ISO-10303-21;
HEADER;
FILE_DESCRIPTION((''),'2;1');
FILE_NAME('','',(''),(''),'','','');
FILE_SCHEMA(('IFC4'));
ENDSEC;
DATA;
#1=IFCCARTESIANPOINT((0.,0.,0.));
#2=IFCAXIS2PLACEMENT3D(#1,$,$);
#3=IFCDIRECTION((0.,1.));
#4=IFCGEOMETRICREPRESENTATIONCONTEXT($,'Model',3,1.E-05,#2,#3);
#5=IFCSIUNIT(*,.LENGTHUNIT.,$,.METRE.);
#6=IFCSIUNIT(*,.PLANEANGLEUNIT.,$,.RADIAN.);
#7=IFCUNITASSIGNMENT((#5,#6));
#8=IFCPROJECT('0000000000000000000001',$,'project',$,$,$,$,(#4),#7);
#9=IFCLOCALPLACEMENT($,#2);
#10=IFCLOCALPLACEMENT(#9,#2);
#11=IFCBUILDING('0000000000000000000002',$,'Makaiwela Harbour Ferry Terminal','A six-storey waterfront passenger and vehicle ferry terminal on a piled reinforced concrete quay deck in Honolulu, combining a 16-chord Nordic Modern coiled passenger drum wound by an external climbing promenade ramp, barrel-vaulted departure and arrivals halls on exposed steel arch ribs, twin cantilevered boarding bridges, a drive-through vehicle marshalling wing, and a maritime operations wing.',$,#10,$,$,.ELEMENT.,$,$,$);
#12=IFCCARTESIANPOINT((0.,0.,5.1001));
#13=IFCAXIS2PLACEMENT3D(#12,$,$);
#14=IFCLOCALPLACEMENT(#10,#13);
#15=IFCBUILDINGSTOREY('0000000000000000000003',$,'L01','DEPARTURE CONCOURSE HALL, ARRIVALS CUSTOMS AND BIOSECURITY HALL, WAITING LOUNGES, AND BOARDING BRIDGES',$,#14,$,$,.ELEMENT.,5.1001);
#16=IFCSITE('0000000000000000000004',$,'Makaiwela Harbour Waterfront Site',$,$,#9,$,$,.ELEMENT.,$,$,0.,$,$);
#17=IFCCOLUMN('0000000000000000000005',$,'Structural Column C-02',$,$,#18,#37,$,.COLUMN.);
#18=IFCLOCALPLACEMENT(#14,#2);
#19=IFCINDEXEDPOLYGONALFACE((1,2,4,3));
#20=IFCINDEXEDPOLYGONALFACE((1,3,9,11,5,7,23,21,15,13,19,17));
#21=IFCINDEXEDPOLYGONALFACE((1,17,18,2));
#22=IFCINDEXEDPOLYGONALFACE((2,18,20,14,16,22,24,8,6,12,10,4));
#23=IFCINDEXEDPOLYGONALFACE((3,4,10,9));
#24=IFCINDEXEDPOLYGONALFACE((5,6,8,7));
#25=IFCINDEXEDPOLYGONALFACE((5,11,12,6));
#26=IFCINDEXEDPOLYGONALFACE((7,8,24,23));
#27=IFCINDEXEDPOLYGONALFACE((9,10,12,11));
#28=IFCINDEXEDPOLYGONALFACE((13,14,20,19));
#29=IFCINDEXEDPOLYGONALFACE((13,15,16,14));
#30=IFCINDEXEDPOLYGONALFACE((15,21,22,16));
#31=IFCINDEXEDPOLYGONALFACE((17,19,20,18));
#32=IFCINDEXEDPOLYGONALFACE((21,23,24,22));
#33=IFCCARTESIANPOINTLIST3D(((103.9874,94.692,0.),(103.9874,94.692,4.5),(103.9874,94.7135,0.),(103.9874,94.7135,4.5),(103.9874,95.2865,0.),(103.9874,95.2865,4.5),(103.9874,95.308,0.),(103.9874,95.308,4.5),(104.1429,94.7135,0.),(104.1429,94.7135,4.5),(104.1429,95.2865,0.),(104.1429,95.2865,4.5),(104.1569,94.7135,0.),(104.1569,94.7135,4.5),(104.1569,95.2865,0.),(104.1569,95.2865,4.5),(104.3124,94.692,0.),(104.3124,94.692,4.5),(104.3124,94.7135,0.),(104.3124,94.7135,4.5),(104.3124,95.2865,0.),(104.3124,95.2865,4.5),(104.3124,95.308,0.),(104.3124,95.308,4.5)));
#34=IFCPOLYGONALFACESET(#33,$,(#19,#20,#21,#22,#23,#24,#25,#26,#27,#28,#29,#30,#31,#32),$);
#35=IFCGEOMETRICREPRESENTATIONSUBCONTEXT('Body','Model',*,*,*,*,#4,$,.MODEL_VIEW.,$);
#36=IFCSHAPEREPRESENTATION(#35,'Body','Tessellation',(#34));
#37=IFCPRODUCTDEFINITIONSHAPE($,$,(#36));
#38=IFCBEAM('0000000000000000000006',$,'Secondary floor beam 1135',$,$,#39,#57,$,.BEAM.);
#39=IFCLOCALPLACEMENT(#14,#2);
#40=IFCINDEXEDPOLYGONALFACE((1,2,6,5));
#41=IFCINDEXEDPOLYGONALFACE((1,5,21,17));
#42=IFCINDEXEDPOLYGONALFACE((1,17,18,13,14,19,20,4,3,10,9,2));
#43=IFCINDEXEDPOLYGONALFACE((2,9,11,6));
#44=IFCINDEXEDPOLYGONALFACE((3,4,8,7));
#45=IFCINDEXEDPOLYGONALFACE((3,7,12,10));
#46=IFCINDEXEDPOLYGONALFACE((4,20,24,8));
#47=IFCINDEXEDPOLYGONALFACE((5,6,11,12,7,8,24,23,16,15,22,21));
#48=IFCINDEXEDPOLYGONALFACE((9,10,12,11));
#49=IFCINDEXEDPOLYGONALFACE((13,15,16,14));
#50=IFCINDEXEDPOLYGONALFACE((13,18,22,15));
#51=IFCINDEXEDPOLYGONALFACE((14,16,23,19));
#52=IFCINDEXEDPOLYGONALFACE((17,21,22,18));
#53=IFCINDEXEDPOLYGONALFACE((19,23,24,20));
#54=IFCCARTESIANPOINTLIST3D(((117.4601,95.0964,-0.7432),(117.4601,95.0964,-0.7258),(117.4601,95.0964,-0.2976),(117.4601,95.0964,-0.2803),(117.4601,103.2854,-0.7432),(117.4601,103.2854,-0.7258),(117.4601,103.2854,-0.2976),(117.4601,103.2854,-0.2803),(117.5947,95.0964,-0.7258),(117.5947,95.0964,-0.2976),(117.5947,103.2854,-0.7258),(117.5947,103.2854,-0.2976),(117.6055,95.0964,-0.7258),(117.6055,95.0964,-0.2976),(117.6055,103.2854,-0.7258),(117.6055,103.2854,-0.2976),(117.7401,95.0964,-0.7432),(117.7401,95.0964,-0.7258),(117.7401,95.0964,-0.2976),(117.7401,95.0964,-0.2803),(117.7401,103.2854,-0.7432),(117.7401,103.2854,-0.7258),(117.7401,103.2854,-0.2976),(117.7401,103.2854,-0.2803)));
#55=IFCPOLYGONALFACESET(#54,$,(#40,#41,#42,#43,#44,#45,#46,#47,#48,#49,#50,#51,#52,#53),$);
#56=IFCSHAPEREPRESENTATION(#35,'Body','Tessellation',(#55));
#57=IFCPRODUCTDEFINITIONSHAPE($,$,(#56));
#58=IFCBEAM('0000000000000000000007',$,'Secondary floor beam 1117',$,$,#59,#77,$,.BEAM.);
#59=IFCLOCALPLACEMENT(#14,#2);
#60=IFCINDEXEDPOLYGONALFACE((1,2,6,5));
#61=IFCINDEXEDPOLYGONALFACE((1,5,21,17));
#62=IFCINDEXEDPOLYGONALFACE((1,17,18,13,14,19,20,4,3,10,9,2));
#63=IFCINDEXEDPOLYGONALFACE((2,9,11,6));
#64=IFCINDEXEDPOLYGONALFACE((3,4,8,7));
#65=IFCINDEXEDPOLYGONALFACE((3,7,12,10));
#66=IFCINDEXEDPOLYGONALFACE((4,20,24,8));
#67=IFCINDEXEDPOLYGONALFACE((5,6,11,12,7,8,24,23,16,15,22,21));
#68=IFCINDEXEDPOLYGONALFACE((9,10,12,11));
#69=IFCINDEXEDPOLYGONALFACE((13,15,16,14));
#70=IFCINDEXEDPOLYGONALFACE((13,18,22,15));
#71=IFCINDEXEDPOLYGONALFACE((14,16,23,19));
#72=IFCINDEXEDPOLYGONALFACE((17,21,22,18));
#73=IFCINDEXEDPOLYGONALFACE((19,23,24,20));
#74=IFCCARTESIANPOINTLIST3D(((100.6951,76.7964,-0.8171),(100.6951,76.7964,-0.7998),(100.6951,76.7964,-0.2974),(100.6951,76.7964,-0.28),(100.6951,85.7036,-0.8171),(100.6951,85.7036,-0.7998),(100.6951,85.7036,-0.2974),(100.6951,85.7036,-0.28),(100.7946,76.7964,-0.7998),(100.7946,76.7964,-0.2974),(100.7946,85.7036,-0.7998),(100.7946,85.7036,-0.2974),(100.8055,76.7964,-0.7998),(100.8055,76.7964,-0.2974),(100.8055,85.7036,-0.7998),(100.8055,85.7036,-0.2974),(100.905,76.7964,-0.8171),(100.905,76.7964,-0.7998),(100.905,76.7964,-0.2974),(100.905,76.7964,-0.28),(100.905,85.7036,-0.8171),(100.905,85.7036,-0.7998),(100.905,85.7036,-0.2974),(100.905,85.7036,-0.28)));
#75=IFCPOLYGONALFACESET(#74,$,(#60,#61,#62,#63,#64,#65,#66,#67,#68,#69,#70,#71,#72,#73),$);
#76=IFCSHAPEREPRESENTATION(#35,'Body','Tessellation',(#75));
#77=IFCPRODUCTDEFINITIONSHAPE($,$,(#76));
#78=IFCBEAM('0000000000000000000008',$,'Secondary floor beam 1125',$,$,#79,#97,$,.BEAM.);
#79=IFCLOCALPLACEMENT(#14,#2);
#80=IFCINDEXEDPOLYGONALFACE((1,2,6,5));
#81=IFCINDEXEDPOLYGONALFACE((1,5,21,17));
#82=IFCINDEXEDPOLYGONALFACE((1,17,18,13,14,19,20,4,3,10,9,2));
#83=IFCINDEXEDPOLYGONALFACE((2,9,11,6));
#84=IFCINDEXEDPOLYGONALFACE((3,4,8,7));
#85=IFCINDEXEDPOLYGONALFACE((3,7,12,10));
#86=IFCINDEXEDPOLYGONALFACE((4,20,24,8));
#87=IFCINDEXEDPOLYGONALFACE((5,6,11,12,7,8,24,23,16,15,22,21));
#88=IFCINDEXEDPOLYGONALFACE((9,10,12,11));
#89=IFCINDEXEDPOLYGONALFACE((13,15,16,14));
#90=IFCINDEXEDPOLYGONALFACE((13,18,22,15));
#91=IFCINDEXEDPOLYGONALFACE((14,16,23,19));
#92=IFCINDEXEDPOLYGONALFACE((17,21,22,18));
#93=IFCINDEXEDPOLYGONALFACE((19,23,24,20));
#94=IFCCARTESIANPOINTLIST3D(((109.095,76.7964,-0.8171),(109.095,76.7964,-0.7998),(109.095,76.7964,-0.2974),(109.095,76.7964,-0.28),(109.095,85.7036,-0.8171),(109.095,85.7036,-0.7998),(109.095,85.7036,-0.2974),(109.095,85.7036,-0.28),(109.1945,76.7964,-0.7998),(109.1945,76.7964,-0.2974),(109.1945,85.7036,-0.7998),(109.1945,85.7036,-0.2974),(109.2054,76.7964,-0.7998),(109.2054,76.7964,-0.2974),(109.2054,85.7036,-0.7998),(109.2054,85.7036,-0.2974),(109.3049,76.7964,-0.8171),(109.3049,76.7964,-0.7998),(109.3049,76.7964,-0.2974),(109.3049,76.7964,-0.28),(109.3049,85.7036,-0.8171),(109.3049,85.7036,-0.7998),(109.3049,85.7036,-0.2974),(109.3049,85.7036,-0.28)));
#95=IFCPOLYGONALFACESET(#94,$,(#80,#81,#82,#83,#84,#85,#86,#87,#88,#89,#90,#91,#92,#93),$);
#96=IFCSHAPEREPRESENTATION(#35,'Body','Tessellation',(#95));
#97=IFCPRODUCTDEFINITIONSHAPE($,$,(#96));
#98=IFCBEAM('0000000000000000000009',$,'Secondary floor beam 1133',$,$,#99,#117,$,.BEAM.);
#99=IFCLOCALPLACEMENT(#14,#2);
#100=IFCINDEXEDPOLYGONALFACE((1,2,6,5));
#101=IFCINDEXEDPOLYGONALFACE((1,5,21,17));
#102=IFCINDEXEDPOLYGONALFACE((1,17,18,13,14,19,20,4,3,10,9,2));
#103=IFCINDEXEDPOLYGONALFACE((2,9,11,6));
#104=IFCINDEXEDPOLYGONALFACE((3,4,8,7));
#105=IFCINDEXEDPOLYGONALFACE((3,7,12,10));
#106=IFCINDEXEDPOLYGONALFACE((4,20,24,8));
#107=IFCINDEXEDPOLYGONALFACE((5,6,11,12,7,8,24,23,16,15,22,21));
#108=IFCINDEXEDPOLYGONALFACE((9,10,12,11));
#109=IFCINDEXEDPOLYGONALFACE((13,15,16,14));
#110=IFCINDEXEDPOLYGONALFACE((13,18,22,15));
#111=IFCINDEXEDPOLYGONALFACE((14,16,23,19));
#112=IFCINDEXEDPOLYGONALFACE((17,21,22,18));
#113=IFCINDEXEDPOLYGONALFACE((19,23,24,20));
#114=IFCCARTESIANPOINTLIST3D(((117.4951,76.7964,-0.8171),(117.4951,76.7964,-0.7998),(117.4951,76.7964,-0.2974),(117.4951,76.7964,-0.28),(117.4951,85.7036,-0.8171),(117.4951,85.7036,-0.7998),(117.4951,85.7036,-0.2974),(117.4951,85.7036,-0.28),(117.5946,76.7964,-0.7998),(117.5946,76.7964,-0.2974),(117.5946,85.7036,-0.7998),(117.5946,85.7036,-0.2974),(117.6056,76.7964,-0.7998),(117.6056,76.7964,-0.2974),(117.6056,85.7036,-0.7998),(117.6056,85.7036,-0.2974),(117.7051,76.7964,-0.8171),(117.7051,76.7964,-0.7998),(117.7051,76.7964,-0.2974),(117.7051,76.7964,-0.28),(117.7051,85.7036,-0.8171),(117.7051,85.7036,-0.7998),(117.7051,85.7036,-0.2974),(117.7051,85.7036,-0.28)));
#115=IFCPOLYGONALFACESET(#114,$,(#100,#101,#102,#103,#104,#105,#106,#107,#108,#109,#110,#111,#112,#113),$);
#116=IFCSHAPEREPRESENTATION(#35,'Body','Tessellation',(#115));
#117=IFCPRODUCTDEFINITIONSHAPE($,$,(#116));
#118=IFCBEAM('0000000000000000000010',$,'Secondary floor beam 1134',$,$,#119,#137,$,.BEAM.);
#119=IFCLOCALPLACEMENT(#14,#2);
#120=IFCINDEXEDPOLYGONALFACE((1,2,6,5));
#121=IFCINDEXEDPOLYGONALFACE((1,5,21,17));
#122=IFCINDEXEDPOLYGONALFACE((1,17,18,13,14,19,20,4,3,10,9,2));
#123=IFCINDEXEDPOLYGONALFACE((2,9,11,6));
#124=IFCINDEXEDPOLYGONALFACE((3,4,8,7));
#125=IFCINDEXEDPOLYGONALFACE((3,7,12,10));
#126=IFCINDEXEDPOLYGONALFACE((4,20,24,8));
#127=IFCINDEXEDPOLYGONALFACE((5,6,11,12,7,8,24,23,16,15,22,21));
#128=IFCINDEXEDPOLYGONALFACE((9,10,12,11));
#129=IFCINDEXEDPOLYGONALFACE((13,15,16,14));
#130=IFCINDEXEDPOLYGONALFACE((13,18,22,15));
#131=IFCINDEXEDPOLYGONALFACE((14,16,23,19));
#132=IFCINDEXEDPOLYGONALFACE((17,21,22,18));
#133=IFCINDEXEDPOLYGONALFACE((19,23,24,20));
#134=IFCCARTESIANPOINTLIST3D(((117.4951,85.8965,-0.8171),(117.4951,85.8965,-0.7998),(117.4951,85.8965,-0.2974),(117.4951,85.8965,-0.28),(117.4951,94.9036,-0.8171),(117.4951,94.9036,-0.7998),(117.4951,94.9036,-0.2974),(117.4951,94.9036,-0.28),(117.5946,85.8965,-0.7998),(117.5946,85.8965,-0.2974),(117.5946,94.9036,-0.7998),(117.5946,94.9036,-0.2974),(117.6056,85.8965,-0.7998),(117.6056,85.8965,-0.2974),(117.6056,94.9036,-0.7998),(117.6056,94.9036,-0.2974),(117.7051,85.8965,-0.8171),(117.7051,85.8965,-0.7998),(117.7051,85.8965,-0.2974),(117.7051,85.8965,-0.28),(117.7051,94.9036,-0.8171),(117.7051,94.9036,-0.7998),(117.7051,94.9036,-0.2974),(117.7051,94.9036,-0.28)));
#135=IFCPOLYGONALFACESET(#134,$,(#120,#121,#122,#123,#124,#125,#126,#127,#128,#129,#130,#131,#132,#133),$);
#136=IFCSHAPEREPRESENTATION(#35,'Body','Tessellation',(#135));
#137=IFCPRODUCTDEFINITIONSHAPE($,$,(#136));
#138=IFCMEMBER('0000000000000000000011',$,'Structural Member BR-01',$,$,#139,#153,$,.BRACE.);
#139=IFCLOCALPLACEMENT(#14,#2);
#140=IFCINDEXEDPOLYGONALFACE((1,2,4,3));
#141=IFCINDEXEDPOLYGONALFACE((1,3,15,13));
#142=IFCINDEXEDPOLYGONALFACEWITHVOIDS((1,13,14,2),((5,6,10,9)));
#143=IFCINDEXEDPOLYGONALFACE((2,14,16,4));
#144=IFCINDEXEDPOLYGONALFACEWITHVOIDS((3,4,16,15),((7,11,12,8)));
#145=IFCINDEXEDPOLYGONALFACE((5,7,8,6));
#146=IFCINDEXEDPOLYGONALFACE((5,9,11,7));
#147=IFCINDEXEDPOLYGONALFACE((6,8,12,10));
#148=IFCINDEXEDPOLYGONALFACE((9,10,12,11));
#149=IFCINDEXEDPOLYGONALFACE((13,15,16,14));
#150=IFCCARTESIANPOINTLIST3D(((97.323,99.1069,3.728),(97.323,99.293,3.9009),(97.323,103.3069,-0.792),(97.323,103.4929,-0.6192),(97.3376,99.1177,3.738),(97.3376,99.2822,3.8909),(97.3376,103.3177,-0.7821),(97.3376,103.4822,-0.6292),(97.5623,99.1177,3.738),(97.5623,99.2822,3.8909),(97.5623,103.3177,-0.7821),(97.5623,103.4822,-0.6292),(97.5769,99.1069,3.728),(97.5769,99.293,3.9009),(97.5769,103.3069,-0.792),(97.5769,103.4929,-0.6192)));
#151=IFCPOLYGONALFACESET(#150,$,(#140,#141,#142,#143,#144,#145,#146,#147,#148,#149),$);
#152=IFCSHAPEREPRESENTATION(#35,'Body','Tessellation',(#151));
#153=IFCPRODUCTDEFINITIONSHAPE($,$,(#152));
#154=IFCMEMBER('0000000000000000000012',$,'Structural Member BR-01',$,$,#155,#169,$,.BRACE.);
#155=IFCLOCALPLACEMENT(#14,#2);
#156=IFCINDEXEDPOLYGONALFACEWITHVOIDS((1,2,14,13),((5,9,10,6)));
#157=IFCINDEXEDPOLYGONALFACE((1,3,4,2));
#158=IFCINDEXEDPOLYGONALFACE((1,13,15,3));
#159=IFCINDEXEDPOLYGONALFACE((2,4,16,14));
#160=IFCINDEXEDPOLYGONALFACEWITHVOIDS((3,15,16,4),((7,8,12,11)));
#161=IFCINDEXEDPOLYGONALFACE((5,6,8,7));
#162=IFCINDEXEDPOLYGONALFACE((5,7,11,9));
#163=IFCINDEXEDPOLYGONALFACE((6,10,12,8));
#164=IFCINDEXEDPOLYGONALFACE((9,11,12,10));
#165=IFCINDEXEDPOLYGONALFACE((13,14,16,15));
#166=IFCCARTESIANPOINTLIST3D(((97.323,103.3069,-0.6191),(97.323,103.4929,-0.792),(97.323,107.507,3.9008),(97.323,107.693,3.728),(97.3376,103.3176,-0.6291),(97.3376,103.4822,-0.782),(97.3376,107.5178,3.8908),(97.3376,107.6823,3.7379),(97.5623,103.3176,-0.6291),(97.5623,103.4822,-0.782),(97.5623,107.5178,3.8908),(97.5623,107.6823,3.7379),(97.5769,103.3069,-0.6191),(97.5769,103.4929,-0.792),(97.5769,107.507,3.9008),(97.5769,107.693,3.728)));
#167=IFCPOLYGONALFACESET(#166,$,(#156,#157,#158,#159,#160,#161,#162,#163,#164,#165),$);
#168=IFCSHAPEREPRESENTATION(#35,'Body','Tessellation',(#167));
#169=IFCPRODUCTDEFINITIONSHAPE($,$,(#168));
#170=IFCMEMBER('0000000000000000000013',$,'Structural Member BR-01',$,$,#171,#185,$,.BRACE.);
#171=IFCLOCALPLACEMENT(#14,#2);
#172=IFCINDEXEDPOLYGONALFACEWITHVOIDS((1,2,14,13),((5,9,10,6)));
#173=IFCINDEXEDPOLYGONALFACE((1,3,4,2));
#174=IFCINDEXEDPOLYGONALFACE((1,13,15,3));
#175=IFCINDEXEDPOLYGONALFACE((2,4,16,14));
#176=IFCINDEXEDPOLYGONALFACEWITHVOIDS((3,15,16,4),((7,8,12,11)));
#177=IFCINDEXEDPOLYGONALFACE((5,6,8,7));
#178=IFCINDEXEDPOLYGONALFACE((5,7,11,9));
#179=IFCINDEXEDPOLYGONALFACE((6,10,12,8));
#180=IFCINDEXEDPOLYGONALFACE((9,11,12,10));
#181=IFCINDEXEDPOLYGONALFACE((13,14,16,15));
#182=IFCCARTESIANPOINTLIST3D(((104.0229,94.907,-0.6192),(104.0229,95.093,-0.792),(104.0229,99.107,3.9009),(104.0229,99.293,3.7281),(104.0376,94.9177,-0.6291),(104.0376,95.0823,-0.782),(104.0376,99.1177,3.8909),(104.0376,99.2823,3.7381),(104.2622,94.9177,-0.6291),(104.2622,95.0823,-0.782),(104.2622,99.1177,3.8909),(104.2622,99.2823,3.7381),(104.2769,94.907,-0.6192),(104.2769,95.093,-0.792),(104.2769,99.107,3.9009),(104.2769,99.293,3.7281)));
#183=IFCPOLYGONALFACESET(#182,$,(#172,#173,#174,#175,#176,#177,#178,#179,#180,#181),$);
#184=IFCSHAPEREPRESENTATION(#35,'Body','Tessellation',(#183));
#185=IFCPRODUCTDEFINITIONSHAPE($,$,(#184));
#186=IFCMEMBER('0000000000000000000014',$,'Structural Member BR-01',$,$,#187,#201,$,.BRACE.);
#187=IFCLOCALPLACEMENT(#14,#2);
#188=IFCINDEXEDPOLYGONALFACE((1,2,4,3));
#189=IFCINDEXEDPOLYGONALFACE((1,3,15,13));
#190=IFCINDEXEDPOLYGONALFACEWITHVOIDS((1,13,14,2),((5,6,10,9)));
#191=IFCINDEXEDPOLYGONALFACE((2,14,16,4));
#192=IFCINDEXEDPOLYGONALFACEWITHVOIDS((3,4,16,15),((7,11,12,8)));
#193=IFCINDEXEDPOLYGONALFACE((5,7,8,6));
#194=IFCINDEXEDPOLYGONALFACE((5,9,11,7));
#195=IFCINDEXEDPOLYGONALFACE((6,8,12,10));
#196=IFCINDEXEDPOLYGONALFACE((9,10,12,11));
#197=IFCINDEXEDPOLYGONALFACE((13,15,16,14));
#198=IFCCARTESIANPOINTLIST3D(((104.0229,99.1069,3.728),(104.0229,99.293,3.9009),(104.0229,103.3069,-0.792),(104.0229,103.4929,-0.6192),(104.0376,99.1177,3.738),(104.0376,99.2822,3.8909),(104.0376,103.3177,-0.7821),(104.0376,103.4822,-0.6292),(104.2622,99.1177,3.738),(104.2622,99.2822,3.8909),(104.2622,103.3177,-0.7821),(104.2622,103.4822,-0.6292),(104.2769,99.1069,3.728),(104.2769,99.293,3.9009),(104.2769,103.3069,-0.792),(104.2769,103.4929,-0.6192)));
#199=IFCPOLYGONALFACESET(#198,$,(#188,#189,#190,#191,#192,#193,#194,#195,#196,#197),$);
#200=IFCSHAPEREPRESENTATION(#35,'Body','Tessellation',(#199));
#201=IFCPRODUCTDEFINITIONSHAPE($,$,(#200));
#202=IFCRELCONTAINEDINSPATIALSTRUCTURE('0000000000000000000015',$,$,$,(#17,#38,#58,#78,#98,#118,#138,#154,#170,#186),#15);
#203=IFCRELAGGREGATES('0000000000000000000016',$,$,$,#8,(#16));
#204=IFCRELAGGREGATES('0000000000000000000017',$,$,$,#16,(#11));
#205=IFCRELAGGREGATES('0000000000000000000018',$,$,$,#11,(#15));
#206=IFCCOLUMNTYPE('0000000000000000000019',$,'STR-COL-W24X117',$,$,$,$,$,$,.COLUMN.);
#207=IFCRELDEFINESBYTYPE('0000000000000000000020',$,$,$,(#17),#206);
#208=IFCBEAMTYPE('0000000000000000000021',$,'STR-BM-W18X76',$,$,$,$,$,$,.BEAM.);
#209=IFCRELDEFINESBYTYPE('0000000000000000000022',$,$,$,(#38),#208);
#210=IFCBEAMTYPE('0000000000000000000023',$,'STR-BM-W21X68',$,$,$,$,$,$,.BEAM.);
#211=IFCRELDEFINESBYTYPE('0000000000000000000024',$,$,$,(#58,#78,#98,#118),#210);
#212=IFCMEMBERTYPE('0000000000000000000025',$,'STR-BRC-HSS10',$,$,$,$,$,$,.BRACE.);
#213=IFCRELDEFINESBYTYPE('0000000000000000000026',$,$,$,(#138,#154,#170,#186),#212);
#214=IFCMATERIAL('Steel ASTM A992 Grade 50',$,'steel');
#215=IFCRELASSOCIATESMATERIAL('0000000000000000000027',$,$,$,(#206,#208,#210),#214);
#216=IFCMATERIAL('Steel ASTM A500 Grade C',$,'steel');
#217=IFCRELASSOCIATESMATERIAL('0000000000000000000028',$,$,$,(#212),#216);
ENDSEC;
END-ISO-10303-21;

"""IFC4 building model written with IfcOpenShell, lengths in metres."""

from ifc_helpers import new_model, si_unit, direction, frame, origin, origin_2d, place, context, subcontext, project, spatial, hollow_rectangle, i_section, extrude, material, material_profile, profile_set, type_object, element, save


model = new_model("IFC4")

# Units and contexts
model_context = context("Model", 3, precision=1e-05, world=origin(), true_north=direction((0.0, 1.0)))
body_context = subcontext(model_context, "Body", "Model", "MODEL_VIEW")
ifc_project = project(units=[si_unit("LENGTHUNIT", "METRE"), si_unit("PLANEANGLEUNIT", "RADIAN")], contexts=[model_context])

# Site, building, storey
site_placement = place(None, origin())
site = spatial("IfcSite", under=ifc_project, at=site_placement, Name="Makaiwela Harbour Waterfront Site", CompositionType="ELEMENT", RefElevation=0.0)
building_placement = place(site_placement, origin())
building = spatial("IfcBuilding", under=site, at=building_placement, Name="Makaiwela Harbour Ferry Terminal", Description="A six-storey waterfront passenger and vehicle ferry terminal on a piled reinforced concrete quay deck in Honolulu, combining a 16-chord Nordic Modern coiled passenger drum wound by an external climbing promenade ramp, barrel-vaulted departure and arrivals halls on exposed steel arch ribs, twin cantilevered boarding bridges, a drive-through vehicle marshalling wing, and a maritime operations wing.", CompositionType="ELEMENT")
storey_placement = place(building_placement, frame((0.0, 0.0, 5.1001)))
storey = spatial("IfcBuildingStorey", under=building, at=storey_placement, Name="L01", Description="DEPARTURE CONCOURSE HALL, ARRIVALS CUSTOMS AND BIOSECURITY HALL, WAITING LOUNGES, AND BOARDING BRIDGES", CompositionType="ELEMENT", Elevation=5.1001)

# Column
ifc_material_1 = material(Name="Steel ASTM A992 Grade 50", Category="steel")
ifc_material_profile_1 = material_profile(ifc_material_1, i_section(OverallWidth=0.325, OverallDepth=0.616, WebThickness=0.0139, FlangeThickness=0.0215, at=origin_2d()), Name="W24X117")
ifc_profile_set_1 = profile_set([ifc_material_profile_1], Name="Steel ASTM A992 Grade 50")
column_type = type_object("IfcColumnType", Name="STR-COL-W24X117", PredefinedType="COLUMN", material=ifc_profile_set_1)
column_placement = place(storey_placement, frame((104.1499, 95.0, 0.0), z_axis=(0.0, 0.0, 1.0), x_axis=(1.0, 0.0, 0.0)))
element("IfcColumn", 1, at=column_placement, inside=storey, type_object=column_type, Name="Structural Column C-02", PredefinedType="COLUMN", context=body_context, shape_type="SweptSolid", body=[
    extrude(i_section(OverallWidth=0.325, OverallDepth=0.616, WebThickness=0.0139, FlangeThickness=0.0215, at=origin_2d()), origin(), (0.0, 0.0, 1.0), 4.5),
])

# Beams
ifc_material_profile_2 = material_profile(ifc_material_1, i_section(OverallWidth=0.28, OverallDepth=0.4629, WebThickness=0.0107, FlangeThickness=0.0173, at=origin_2d()), Name="W18X76")
ifc_profile_set_2 = profile_set([ifc_material_profile_2], Name="Steel ASTM A992 Grade 50")
beam_type_1 = type_object("IfcBeamType", Name="STR-BM-W18X76", PredefinedType="BEAM", material=ifc_profile_set_2)
beam_1_placement = place(storey_placement, frame((117.6001, 95.0964, -0.5117), z_axis=(0.0, 1.0, 0.0), x_axis=(-1.0, 0.0, 0.0)))
element("IfcBeam", 2, at=beam_1_placement, inside=storey, type_object=beam_type_1, Name="Secondary floor beam 1135", PredefinedType="BEAM", context=body_context, shape_type="SweptSolid", body=[
    extrude(i_section(OverallWidth=0.28, OverallDepth=0.4629, WebThickness=0.0107, FlangeThickness=0.0173, at=origin_2d()), origin(), (0.0, 0.0, 1.0), 8.189),
])
ifc_material_profile_3 = material_profile(ifc_material_1, i_section(OverallWidth=0.21, OverallDepth=0.5371, WebThickness=0.011, FlangeThickness=0.0173, at=origin_2d()), Name="W21X68")
ifc_profile_set_3 = profile_set([ifc_material_profile_3], Name="Steel ASTM A992 Grade 50")
beam_type_2 = type_object("IfcBeamType", Name="STR-BM-W21X68", PredefinedType="BEAM", material=ifc_profile_set_3)
for number, where, z_axis, x_axis, name in (
    (3, (100.8, 76.7964, -0.5486), (0.0, 1.0, 0.0), (-1.0, 0.0, 0.0), "Secondary floor beam 1117"),
    (4, (109.2, 76.7964, -0.5486), (0.0, 1.0, 0.0), (-1.0, 0.0, 0.0), "Secondary floor beam 1125"),
    (5, (117.6001, 76.7964, -0.5486), (0.0, 1.0, 0.0), (-1.0, 0.0, 0.0), "Secondary floor beam 1133"),
):
    element("IfcBeam", number, at=place(storey_placement, frame(where, z_axis=z_axis, x_axis=x_axis)), inside=storey, type_object=beam_type_2, Name=name, PredefinedType="BEAM", context=body_context, shape_type="SweptSolid", body=[
        extrude(i_section(OverallWidth=0.21, OverallDepth=0.5371, WebThickness=0.011, FlangeThickness=0.0173, at=origin_2d()), origin(), (0.0, 0.0, 1.0), 8.9072),
    ])
beam_2_placement = place(storey_placement, frame((117.6001, 85.8965, -0.5486), z_axis=(0.0, 1.0, 0.0), x_axis=(-1.0, 0.0, 0.0)))
element("IfcBeam", 6, at=beam_2_placement, inside=storey, type_object=beam_type_2, Name="Secondary floor beam 1134", PredefinedType="BEAM", context=body_context, shape_type="SweptSolid", body=[
    extrude(i_section(OverallWidth=0.21, OverallDepth=0.5371, WebThickness=0.011, FlangeThickness=0.0173, at=origin_2d()), origin(), (0.0, 0.0, 1.0), 9.0071),
])

# Members
ifc_material_2 = material(Name="Steel ASTM A500 Grade C", Category="steel")
ifc_material_profile_4 = material_profile(ifc_material_2, hollow_rectangle(XDim=0.2539, YDim=0.2539, WallThickness=0.0146, at=origin_2d()), Name="HSS10X10X5/8")
ifc_profile_set_4 = profile_set([ifc_material_profile_4], Name="Steel ASTM A500 Grade C")
member_type_1 = type_object("IfcMemberType", Name="STR-BRC-HSS10", PredefinedType="BRACE", material=ifc_profile_set_4)
for number, where, z_axis, x_axis, name in (
    (7, (97.45, 99.2, 3.8145), (0.0, 0.680694, -0.732568), (-1.0, 0.0, 0.0), "Structural Member BR-01"),
    (8, (97.45, 103.3999, -0.7056), (0.0, 0.680715, 0.732548), (-1.0, 0.0, 0.0), "Structural Member BR-01"),
    (9, (104.1499, 95.0, -0.7056), (0.0, 0.680694, 0.732568), (-1.0, 0.0, 0.0), "Structural Member BR-01"),
    (10, (104.1499, 99.2, 3.8145), (0.0, 0.680694, -0.732568), (-1.0, 0.0, 0.0), "Structural Member BR-01"),
):
    element("IfcMember", number, at=place(storey_placement, frame(where, z_axis=z_axis, x_axis=x_axis)), inside=storey, type_object=member_type_1, Name=name, PredefinedType="BRACE", context=body_context, shape_type="SweptSolid", body=[
        extrude(hollow_rectangle(XDim=0.2539, YDim=0.2539, WallThickness=0.0146, at=origin_2d()), origin(), (0.0, 0.0, 1.0), 6.1702),
    ])

save(model, "model.ifc")
